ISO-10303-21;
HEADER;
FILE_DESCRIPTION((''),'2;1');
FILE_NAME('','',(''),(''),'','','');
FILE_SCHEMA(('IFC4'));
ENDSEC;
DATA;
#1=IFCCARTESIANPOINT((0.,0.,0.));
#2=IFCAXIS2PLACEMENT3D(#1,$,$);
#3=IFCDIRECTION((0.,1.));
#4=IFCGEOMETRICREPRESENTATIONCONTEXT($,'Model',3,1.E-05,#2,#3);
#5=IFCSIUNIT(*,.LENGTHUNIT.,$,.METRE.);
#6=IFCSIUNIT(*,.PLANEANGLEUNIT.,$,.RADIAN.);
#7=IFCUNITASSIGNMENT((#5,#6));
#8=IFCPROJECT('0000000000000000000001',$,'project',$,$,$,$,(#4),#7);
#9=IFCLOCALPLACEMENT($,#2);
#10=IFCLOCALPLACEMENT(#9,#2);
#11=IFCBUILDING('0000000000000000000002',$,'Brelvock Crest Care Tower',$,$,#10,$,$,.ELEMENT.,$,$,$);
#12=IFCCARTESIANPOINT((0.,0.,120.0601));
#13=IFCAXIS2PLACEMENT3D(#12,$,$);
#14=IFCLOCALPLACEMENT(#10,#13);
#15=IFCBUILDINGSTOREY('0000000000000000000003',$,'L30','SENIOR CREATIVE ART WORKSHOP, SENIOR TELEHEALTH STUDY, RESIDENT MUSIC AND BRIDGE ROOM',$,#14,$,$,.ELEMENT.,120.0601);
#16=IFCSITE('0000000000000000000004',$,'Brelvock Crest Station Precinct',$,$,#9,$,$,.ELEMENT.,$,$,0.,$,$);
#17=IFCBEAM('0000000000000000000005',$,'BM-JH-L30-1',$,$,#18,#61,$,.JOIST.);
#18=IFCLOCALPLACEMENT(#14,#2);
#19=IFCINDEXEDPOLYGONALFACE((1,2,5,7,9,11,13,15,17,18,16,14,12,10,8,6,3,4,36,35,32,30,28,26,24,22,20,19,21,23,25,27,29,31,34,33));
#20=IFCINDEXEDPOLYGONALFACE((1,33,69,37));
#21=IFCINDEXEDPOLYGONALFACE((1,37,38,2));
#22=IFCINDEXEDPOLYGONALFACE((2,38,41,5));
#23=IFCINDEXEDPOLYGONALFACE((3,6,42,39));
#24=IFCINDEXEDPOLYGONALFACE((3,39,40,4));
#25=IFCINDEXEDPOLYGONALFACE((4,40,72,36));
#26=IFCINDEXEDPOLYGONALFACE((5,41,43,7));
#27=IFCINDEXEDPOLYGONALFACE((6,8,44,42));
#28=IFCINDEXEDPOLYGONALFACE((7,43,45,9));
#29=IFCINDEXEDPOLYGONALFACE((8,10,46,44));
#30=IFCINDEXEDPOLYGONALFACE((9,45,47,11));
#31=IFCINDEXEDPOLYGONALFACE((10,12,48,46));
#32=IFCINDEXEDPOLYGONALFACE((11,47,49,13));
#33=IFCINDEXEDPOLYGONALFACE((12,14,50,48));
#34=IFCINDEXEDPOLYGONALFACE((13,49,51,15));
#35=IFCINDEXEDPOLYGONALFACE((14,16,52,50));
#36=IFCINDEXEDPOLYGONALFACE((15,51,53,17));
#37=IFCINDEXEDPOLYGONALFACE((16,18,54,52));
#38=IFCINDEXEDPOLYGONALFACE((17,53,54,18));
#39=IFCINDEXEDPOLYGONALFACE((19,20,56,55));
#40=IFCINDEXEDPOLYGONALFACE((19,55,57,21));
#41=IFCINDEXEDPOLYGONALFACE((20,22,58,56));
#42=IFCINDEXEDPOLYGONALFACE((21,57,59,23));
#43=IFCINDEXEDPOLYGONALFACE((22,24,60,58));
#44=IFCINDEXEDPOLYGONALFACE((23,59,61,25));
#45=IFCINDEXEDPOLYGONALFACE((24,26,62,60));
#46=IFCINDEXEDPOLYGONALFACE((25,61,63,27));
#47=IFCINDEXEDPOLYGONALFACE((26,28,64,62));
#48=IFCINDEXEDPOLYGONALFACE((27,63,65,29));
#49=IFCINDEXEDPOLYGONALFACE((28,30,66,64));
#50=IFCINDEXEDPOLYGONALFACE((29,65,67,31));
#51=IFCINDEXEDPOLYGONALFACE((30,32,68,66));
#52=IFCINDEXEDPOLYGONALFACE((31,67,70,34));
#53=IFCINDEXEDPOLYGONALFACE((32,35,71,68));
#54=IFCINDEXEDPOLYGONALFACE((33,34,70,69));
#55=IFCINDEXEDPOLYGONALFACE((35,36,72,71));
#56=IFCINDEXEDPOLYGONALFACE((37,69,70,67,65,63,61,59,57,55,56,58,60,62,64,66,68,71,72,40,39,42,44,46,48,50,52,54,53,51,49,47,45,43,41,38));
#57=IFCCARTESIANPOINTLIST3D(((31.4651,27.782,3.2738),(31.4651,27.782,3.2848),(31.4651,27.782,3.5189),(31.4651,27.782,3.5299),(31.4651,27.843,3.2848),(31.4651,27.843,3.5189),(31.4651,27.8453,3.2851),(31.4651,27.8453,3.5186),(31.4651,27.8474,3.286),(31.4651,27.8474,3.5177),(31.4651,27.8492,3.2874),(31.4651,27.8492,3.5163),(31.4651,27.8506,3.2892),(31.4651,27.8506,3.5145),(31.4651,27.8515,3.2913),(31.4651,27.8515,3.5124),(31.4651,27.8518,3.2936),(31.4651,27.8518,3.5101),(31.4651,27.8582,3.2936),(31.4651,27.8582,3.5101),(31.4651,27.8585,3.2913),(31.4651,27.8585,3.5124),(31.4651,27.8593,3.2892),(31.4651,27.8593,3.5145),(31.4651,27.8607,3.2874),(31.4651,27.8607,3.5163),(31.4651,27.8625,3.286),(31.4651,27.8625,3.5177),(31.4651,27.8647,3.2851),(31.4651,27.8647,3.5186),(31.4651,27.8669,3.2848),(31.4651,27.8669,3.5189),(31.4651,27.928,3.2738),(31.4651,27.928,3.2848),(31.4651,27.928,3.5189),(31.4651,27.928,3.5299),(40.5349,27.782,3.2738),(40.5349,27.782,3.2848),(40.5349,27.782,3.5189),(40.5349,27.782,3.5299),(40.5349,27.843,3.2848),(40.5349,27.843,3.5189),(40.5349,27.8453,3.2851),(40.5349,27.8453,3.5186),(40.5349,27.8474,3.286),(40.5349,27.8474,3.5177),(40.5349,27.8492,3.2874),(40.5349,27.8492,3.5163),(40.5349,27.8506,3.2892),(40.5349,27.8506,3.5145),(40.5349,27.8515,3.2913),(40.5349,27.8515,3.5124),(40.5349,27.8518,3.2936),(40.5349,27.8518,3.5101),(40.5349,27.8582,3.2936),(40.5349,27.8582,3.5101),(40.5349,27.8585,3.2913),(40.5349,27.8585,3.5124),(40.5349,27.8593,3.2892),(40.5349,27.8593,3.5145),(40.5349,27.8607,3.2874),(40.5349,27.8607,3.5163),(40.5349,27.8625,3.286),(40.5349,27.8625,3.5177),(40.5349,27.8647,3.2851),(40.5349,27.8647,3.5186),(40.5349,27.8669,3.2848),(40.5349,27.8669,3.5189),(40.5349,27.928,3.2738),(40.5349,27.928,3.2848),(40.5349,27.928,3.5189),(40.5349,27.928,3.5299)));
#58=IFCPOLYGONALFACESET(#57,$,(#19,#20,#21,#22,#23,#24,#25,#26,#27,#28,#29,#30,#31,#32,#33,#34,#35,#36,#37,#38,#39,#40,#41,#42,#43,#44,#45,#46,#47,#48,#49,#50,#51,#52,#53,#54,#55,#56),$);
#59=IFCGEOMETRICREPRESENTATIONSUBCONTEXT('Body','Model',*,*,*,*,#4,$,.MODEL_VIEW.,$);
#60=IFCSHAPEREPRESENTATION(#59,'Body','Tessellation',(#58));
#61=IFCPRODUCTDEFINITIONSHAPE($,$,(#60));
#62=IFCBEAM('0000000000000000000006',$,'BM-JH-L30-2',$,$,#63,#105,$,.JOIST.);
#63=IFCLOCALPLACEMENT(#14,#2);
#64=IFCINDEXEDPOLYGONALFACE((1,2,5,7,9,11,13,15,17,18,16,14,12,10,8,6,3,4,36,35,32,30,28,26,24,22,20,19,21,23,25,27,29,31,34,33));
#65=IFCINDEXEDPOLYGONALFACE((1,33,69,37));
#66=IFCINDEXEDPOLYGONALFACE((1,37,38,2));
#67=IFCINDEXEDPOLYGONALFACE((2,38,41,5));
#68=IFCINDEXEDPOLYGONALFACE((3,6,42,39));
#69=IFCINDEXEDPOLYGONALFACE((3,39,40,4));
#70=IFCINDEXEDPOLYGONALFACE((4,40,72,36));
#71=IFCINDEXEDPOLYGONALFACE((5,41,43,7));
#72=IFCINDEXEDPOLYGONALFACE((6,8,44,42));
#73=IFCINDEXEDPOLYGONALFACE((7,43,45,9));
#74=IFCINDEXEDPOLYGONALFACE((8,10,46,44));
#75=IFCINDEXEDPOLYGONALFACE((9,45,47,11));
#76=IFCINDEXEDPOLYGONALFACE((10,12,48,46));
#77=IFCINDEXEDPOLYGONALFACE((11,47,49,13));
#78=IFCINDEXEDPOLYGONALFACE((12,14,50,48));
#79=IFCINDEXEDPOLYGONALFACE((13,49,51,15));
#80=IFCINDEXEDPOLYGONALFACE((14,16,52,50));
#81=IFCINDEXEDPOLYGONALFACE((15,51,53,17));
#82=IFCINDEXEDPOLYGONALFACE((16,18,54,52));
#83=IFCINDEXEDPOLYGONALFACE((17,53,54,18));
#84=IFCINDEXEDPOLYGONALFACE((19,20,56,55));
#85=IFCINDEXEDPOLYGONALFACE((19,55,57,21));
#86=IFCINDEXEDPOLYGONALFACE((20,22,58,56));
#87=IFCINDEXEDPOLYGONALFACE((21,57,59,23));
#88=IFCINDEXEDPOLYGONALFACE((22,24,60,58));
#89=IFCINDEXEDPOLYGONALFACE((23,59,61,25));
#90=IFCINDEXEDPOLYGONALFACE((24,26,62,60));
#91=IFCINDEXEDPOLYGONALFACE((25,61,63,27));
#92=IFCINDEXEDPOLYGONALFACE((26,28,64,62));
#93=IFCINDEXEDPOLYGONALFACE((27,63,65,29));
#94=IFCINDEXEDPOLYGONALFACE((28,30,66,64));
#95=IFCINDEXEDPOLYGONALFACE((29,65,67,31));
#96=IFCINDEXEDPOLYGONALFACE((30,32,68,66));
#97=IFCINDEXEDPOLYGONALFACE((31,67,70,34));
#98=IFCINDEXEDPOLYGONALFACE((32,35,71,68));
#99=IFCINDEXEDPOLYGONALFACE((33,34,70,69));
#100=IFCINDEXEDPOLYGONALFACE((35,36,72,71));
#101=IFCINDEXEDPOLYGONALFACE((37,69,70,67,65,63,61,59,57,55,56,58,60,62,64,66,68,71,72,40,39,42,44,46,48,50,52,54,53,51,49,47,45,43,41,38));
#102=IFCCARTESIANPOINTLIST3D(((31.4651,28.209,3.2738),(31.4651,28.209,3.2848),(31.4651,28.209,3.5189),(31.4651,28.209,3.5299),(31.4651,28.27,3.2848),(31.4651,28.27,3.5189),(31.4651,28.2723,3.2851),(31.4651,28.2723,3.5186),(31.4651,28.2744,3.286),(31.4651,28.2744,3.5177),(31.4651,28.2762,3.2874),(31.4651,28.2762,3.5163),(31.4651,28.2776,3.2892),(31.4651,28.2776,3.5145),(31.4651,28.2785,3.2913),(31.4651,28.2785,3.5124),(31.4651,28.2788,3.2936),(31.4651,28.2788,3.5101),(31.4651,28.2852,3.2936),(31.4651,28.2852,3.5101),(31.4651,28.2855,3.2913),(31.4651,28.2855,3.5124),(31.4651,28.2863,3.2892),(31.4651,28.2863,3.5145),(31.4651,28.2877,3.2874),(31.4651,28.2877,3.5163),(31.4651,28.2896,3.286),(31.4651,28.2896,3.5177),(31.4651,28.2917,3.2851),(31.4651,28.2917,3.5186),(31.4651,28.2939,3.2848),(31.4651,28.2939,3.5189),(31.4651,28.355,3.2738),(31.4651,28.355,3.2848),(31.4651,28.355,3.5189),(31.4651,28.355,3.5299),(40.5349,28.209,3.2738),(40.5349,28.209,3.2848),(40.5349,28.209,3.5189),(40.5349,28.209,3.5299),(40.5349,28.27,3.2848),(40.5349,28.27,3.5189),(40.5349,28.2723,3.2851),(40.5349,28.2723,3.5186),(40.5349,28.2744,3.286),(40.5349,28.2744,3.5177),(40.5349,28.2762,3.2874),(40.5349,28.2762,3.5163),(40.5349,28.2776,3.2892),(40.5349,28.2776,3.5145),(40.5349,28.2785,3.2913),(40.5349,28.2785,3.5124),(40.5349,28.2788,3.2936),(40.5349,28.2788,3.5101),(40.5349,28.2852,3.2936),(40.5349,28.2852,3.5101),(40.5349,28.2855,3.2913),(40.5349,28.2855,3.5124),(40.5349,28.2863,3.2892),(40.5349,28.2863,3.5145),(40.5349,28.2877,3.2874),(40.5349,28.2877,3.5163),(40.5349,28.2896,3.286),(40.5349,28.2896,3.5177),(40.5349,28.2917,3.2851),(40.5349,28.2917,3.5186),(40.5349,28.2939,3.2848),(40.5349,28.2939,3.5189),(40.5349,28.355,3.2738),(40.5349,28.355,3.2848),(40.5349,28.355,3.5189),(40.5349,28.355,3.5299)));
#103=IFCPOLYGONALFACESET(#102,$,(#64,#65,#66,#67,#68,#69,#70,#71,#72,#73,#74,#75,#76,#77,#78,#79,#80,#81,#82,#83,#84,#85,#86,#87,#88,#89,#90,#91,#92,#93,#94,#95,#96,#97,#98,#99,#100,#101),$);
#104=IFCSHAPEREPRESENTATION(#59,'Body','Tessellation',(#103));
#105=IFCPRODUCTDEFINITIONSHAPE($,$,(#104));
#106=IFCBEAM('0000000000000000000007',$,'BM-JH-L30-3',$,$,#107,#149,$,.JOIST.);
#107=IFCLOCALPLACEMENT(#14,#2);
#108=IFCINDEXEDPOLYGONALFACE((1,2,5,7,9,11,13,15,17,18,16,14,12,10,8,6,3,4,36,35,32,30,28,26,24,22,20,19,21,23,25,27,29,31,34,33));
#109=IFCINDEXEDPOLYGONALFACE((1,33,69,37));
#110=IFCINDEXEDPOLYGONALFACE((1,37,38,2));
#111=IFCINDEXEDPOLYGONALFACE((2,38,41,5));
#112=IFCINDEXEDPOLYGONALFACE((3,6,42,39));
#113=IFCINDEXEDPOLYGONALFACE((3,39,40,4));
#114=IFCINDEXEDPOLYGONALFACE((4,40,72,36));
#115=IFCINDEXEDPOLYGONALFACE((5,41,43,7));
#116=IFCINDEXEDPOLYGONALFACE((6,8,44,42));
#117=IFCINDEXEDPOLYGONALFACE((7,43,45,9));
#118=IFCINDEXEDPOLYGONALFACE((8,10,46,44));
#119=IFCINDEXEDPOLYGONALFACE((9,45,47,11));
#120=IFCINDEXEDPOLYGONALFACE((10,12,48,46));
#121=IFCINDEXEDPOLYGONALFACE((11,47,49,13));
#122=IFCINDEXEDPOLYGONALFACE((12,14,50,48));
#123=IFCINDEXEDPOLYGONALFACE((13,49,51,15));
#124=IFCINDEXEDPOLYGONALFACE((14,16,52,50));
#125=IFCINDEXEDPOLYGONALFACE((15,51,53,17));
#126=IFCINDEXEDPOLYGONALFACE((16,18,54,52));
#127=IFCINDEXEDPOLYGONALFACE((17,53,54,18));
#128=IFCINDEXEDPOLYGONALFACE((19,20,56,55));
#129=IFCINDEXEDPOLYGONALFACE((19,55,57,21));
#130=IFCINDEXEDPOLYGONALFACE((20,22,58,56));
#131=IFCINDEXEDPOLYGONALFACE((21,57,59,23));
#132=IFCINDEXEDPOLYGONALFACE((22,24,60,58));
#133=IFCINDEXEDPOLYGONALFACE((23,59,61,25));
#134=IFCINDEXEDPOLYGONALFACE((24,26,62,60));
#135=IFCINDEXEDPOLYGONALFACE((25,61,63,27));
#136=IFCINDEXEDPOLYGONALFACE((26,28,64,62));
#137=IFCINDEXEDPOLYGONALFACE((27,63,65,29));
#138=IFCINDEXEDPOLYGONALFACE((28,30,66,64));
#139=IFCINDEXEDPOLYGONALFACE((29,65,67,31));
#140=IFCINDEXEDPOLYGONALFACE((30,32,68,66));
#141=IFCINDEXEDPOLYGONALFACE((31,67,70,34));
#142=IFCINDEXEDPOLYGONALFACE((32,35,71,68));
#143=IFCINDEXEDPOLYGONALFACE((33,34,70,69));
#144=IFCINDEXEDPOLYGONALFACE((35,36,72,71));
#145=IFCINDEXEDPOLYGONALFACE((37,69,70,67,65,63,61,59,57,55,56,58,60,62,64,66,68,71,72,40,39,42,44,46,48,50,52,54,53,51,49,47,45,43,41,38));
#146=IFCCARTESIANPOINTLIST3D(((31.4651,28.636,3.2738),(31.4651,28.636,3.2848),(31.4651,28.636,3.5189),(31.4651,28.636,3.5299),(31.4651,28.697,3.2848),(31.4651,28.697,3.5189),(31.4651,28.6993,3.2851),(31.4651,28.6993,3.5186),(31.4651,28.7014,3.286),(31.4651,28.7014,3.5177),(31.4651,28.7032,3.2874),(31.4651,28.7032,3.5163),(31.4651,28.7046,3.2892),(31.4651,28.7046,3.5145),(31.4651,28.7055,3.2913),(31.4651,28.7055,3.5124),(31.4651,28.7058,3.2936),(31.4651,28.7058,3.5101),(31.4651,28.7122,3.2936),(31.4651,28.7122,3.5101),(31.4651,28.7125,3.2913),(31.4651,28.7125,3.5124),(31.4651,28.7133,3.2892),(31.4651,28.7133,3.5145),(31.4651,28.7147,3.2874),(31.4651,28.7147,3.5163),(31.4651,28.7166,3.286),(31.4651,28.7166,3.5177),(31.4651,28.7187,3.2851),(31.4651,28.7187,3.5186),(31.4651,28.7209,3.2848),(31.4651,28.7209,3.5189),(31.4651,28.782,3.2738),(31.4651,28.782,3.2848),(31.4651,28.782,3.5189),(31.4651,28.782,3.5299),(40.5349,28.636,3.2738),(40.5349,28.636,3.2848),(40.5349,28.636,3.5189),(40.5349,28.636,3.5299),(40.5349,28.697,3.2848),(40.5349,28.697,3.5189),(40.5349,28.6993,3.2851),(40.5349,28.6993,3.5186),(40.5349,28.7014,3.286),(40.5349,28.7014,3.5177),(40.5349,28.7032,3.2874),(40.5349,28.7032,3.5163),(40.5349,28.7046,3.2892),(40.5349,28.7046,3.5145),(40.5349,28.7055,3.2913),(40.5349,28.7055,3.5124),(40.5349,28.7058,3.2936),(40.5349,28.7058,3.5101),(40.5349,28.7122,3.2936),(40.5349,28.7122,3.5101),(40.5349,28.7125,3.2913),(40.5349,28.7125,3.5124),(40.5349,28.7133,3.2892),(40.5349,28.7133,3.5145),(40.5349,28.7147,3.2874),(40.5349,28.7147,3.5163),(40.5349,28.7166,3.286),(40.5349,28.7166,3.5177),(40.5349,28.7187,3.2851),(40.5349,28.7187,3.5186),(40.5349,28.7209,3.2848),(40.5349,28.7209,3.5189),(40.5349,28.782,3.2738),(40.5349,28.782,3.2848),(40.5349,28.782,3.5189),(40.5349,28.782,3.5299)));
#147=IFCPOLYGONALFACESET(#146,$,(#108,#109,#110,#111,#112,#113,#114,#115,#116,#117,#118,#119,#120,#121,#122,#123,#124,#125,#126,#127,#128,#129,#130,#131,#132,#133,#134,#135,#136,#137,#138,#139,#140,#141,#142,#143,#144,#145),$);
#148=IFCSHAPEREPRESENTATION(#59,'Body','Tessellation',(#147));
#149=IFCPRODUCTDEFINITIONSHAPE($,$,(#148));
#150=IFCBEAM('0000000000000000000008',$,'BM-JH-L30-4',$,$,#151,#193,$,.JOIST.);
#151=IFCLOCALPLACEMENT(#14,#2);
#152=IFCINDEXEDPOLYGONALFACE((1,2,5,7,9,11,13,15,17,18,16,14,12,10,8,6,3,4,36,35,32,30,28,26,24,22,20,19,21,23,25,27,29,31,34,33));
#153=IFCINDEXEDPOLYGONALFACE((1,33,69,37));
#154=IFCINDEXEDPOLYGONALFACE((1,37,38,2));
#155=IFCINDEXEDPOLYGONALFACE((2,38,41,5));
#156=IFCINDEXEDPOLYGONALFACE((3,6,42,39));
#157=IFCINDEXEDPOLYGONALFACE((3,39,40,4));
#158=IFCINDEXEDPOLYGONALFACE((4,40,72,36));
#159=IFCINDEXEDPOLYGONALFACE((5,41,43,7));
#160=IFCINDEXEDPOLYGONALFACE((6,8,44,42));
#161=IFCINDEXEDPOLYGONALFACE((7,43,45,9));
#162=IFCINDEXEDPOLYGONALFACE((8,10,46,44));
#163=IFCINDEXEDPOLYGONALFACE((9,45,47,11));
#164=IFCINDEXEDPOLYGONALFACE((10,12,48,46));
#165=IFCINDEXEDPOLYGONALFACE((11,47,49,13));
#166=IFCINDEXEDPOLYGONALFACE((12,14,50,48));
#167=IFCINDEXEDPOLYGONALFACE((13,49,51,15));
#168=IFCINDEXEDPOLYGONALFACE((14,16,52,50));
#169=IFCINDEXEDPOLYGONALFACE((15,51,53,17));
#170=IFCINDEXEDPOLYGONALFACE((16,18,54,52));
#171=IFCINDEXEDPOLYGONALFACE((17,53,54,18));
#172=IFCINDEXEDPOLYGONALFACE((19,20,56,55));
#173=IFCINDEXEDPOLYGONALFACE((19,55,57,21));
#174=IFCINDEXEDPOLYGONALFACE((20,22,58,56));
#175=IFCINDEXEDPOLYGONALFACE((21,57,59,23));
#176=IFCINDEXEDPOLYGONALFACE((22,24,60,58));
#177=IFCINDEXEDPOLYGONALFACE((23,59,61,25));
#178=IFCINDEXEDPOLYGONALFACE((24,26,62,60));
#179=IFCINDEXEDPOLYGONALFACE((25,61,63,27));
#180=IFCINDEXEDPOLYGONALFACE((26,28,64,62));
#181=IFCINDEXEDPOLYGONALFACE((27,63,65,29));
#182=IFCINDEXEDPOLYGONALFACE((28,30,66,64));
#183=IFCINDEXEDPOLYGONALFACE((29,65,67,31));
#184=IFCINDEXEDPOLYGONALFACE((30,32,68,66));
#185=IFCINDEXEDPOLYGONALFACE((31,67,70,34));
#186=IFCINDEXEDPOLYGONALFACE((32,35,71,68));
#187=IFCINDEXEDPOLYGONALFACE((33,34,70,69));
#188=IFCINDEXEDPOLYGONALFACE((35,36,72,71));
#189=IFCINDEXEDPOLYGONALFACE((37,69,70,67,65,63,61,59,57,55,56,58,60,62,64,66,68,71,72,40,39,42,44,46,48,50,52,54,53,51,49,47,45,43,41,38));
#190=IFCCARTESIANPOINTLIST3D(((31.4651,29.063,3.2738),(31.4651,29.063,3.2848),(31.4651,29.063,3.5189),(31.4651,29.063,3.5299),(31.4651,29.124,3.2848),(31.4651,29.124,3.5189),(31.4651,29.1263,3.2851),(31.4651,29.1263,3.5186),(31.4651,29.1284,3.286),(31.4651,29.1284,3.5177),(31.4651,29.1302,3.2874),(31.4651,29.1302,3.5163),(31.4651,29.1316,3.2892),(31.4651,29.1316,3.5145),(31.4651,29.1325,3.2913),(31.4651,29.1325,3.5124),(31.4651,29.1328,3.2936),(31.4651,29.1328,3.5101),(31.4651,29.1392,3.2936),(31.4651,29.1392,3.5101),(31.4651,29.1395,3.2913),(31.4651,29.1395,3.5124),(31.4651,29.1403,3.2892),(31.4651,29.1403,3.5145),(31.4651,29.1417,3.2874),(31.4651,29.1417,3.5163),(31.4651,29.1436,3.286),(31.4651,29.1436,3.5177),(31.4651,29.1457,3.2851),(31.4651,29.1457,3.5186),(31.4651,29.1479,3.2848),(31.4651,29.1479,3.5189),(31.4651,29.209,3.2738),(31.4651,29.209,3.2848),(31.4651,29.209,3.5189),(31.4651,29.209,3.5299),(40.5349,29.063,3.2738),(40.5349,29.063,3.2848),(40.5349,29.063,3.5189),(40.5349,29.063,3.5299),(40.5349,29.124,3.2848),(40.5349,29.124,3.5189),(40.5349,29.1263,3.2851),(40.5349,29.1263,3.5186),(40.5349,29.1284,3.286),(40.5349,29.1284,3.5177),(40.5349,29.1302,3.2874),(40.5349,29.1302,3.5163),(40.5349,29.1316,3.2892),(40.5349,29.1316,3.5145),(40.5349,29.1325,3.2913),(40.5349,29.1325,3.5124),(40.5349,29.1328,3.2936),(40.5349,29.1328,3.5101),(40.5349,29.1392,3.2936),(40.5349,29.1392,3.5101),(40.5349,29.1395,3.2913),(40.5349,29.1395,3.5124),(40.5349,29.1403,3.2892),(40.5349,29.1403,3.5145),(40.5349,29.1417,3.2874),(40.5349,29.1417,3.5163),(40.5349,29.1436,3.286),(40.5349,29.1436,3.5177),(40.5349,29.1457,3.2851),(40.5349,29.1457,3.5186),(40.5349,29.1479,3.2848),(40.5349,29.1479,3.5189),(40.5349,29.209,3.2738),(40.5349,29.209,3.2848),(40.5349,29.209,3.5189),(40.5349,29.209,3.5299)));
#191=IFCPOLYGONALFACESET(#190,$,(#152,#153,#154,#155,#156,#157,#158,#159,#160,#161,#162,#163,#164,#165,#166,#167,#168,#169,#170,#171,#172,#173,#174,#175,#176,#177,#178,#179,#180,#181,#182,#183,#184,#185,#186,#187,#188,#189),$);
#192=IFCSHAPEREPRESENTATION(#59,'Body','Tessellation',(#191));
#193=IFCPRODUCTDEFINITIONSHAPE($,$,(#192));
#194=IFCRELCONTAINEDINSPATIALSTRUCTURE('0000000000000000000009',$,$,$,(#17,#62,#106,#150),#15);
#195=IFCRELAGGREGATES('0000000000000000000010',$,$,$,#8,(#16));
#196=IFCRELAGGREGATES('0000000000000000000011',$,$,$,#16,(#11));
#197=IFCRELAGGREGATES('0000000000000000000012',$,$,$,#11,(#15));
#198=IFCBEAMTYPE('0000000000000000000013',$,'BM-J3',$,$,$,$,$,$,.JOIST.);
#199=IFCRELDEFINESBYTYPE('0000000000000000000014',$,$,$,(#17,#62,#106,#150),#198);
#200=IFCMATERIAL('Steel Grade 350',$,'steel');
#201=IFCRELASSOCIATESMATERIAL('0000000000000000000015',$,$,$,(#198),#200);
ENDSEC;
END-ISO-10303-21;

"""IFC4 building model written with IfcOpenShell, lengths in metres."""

from ifc_helpers import new_model, si_unit, direction, frame, origin, origin_2d, place, context, subcontext, project, spatial, i_section, extrude, source, transform, mapped, material, material_profile, profile_set, type_object, element, save


model = new_model("IFC4")

# Units and contexts
model_context = context("Model", 3, precision=1e-05, world=origin(), true_north=direction((0.0, 1.0)))
body_context = subcontext(model_context, "Body", "Model", "MODEL_VIEW")
ifc_project = project(units=[si_unit("LENGTHUNIT", "METRE"), si_unit("PLANEANGLEUNIT", "RADIAN")], contexts=[model_context])

# Site, building, storey
site_placement = place(None, origin())
site = spatial("IfcSite", under=ifc_project, at=site_placement, Name="Brelvock Crest Station Precinct", CompositionType="ELEMENT", RefElevation=0.0)
building_placement = place(site_placement, origin())
building = spatial("IfcBuilding", under=site, at=building_placement, Name="Brelvock Crest Care Tower", CompositionType="ELEMENT")
storey_placement = place(building_placement, frame((0.0, 0.0, 120.0601)))
storey = spatial("IfcBuildingStorey", under=building, at=storey_placement, Name="L30", Description="SENIOR CREATIVE ART WORKSHOP, SENIOR TELEHEALTH STUDY, RESIDENT MUSIC AND BRIDGE ROOM", CompositionType="ELEMENT", Elevation=120.0601)

# Shared definitions
ifc_material_1 = material(Name="Steel Grade 350", Category="steel")

# Beams
ifc_material_profile_1 = material_profile(ifc_material_1, i_section(OverallWidth=0.146, OverallDepth=0.2561, WebThickness=0.0063, FlangeThickness=0.011, FilletRadius=0.0088, at=origin_2d()), Name="250UB37.3")
ifc_profile_set_1 = profile_set([ifc_material_profile_1], Name="Steel Grade 350")
beam_type_1 = type_object("IfcBeamType", Name="BM-J3", PredefinedType="JOIST", material=ifc_profile_set_1)
shared_shape_1 = source(origin(), body_context, "Body", "SweptSolid", [
    extrude(i_section(OverallWidth=0.146, OverallDepth=0.2561, WebThickness=0.0063, FlangeThickness=0.011, FilletRadius=0.0088, at=origin_2d()), origin(), (0.0, 0.0, 1.0), 9.0698),
])
for number, where, z_axis, x_axis, name in (
    (1, (31.4651, 27.855, 3.4019), (1.0, 0.0, 0.0), (0.0, 1.0, 0.0), "BM-JH-L30-1"),
    (2, (31.4651, 28.282, 3.4019), (1.0, 0.0, 0.0), (0.0, 1.0, 0.0), "BM-JH-L30-2"),
    (3, (31.4651, 28.709, 3.4019), (1.0, 0.0, 0.0), (0.0, 1.0, 0.0), "BM-JH-L30-3"),
    (4, (31.4651, 29.136, 3.4019), (1.0, 0.0, 0.0), (0.0, 1.0, 0.0), "BM-JH-L30-4"),
):
    element("IfcBeam", number, at=place(storey_placement, frame(where, z_axis=z_axis, x_axis=x_axis)), inside=storey, type_object=beam_type_1, Name=name, PredefinedType="JOIST", context=body_context, shape_type="MappedRepresentation", body=[
        mapped(shared_shape_1, transform((0.0, 0.0, 0.0), x_axis=(1.0, 0.0, 0.0), y_axis=(0.0, 1.0, 0.0), z_axis=(0.0, 0.0, 1.0), scale=1.0)),
    ])

save(model, "model.ifc")
